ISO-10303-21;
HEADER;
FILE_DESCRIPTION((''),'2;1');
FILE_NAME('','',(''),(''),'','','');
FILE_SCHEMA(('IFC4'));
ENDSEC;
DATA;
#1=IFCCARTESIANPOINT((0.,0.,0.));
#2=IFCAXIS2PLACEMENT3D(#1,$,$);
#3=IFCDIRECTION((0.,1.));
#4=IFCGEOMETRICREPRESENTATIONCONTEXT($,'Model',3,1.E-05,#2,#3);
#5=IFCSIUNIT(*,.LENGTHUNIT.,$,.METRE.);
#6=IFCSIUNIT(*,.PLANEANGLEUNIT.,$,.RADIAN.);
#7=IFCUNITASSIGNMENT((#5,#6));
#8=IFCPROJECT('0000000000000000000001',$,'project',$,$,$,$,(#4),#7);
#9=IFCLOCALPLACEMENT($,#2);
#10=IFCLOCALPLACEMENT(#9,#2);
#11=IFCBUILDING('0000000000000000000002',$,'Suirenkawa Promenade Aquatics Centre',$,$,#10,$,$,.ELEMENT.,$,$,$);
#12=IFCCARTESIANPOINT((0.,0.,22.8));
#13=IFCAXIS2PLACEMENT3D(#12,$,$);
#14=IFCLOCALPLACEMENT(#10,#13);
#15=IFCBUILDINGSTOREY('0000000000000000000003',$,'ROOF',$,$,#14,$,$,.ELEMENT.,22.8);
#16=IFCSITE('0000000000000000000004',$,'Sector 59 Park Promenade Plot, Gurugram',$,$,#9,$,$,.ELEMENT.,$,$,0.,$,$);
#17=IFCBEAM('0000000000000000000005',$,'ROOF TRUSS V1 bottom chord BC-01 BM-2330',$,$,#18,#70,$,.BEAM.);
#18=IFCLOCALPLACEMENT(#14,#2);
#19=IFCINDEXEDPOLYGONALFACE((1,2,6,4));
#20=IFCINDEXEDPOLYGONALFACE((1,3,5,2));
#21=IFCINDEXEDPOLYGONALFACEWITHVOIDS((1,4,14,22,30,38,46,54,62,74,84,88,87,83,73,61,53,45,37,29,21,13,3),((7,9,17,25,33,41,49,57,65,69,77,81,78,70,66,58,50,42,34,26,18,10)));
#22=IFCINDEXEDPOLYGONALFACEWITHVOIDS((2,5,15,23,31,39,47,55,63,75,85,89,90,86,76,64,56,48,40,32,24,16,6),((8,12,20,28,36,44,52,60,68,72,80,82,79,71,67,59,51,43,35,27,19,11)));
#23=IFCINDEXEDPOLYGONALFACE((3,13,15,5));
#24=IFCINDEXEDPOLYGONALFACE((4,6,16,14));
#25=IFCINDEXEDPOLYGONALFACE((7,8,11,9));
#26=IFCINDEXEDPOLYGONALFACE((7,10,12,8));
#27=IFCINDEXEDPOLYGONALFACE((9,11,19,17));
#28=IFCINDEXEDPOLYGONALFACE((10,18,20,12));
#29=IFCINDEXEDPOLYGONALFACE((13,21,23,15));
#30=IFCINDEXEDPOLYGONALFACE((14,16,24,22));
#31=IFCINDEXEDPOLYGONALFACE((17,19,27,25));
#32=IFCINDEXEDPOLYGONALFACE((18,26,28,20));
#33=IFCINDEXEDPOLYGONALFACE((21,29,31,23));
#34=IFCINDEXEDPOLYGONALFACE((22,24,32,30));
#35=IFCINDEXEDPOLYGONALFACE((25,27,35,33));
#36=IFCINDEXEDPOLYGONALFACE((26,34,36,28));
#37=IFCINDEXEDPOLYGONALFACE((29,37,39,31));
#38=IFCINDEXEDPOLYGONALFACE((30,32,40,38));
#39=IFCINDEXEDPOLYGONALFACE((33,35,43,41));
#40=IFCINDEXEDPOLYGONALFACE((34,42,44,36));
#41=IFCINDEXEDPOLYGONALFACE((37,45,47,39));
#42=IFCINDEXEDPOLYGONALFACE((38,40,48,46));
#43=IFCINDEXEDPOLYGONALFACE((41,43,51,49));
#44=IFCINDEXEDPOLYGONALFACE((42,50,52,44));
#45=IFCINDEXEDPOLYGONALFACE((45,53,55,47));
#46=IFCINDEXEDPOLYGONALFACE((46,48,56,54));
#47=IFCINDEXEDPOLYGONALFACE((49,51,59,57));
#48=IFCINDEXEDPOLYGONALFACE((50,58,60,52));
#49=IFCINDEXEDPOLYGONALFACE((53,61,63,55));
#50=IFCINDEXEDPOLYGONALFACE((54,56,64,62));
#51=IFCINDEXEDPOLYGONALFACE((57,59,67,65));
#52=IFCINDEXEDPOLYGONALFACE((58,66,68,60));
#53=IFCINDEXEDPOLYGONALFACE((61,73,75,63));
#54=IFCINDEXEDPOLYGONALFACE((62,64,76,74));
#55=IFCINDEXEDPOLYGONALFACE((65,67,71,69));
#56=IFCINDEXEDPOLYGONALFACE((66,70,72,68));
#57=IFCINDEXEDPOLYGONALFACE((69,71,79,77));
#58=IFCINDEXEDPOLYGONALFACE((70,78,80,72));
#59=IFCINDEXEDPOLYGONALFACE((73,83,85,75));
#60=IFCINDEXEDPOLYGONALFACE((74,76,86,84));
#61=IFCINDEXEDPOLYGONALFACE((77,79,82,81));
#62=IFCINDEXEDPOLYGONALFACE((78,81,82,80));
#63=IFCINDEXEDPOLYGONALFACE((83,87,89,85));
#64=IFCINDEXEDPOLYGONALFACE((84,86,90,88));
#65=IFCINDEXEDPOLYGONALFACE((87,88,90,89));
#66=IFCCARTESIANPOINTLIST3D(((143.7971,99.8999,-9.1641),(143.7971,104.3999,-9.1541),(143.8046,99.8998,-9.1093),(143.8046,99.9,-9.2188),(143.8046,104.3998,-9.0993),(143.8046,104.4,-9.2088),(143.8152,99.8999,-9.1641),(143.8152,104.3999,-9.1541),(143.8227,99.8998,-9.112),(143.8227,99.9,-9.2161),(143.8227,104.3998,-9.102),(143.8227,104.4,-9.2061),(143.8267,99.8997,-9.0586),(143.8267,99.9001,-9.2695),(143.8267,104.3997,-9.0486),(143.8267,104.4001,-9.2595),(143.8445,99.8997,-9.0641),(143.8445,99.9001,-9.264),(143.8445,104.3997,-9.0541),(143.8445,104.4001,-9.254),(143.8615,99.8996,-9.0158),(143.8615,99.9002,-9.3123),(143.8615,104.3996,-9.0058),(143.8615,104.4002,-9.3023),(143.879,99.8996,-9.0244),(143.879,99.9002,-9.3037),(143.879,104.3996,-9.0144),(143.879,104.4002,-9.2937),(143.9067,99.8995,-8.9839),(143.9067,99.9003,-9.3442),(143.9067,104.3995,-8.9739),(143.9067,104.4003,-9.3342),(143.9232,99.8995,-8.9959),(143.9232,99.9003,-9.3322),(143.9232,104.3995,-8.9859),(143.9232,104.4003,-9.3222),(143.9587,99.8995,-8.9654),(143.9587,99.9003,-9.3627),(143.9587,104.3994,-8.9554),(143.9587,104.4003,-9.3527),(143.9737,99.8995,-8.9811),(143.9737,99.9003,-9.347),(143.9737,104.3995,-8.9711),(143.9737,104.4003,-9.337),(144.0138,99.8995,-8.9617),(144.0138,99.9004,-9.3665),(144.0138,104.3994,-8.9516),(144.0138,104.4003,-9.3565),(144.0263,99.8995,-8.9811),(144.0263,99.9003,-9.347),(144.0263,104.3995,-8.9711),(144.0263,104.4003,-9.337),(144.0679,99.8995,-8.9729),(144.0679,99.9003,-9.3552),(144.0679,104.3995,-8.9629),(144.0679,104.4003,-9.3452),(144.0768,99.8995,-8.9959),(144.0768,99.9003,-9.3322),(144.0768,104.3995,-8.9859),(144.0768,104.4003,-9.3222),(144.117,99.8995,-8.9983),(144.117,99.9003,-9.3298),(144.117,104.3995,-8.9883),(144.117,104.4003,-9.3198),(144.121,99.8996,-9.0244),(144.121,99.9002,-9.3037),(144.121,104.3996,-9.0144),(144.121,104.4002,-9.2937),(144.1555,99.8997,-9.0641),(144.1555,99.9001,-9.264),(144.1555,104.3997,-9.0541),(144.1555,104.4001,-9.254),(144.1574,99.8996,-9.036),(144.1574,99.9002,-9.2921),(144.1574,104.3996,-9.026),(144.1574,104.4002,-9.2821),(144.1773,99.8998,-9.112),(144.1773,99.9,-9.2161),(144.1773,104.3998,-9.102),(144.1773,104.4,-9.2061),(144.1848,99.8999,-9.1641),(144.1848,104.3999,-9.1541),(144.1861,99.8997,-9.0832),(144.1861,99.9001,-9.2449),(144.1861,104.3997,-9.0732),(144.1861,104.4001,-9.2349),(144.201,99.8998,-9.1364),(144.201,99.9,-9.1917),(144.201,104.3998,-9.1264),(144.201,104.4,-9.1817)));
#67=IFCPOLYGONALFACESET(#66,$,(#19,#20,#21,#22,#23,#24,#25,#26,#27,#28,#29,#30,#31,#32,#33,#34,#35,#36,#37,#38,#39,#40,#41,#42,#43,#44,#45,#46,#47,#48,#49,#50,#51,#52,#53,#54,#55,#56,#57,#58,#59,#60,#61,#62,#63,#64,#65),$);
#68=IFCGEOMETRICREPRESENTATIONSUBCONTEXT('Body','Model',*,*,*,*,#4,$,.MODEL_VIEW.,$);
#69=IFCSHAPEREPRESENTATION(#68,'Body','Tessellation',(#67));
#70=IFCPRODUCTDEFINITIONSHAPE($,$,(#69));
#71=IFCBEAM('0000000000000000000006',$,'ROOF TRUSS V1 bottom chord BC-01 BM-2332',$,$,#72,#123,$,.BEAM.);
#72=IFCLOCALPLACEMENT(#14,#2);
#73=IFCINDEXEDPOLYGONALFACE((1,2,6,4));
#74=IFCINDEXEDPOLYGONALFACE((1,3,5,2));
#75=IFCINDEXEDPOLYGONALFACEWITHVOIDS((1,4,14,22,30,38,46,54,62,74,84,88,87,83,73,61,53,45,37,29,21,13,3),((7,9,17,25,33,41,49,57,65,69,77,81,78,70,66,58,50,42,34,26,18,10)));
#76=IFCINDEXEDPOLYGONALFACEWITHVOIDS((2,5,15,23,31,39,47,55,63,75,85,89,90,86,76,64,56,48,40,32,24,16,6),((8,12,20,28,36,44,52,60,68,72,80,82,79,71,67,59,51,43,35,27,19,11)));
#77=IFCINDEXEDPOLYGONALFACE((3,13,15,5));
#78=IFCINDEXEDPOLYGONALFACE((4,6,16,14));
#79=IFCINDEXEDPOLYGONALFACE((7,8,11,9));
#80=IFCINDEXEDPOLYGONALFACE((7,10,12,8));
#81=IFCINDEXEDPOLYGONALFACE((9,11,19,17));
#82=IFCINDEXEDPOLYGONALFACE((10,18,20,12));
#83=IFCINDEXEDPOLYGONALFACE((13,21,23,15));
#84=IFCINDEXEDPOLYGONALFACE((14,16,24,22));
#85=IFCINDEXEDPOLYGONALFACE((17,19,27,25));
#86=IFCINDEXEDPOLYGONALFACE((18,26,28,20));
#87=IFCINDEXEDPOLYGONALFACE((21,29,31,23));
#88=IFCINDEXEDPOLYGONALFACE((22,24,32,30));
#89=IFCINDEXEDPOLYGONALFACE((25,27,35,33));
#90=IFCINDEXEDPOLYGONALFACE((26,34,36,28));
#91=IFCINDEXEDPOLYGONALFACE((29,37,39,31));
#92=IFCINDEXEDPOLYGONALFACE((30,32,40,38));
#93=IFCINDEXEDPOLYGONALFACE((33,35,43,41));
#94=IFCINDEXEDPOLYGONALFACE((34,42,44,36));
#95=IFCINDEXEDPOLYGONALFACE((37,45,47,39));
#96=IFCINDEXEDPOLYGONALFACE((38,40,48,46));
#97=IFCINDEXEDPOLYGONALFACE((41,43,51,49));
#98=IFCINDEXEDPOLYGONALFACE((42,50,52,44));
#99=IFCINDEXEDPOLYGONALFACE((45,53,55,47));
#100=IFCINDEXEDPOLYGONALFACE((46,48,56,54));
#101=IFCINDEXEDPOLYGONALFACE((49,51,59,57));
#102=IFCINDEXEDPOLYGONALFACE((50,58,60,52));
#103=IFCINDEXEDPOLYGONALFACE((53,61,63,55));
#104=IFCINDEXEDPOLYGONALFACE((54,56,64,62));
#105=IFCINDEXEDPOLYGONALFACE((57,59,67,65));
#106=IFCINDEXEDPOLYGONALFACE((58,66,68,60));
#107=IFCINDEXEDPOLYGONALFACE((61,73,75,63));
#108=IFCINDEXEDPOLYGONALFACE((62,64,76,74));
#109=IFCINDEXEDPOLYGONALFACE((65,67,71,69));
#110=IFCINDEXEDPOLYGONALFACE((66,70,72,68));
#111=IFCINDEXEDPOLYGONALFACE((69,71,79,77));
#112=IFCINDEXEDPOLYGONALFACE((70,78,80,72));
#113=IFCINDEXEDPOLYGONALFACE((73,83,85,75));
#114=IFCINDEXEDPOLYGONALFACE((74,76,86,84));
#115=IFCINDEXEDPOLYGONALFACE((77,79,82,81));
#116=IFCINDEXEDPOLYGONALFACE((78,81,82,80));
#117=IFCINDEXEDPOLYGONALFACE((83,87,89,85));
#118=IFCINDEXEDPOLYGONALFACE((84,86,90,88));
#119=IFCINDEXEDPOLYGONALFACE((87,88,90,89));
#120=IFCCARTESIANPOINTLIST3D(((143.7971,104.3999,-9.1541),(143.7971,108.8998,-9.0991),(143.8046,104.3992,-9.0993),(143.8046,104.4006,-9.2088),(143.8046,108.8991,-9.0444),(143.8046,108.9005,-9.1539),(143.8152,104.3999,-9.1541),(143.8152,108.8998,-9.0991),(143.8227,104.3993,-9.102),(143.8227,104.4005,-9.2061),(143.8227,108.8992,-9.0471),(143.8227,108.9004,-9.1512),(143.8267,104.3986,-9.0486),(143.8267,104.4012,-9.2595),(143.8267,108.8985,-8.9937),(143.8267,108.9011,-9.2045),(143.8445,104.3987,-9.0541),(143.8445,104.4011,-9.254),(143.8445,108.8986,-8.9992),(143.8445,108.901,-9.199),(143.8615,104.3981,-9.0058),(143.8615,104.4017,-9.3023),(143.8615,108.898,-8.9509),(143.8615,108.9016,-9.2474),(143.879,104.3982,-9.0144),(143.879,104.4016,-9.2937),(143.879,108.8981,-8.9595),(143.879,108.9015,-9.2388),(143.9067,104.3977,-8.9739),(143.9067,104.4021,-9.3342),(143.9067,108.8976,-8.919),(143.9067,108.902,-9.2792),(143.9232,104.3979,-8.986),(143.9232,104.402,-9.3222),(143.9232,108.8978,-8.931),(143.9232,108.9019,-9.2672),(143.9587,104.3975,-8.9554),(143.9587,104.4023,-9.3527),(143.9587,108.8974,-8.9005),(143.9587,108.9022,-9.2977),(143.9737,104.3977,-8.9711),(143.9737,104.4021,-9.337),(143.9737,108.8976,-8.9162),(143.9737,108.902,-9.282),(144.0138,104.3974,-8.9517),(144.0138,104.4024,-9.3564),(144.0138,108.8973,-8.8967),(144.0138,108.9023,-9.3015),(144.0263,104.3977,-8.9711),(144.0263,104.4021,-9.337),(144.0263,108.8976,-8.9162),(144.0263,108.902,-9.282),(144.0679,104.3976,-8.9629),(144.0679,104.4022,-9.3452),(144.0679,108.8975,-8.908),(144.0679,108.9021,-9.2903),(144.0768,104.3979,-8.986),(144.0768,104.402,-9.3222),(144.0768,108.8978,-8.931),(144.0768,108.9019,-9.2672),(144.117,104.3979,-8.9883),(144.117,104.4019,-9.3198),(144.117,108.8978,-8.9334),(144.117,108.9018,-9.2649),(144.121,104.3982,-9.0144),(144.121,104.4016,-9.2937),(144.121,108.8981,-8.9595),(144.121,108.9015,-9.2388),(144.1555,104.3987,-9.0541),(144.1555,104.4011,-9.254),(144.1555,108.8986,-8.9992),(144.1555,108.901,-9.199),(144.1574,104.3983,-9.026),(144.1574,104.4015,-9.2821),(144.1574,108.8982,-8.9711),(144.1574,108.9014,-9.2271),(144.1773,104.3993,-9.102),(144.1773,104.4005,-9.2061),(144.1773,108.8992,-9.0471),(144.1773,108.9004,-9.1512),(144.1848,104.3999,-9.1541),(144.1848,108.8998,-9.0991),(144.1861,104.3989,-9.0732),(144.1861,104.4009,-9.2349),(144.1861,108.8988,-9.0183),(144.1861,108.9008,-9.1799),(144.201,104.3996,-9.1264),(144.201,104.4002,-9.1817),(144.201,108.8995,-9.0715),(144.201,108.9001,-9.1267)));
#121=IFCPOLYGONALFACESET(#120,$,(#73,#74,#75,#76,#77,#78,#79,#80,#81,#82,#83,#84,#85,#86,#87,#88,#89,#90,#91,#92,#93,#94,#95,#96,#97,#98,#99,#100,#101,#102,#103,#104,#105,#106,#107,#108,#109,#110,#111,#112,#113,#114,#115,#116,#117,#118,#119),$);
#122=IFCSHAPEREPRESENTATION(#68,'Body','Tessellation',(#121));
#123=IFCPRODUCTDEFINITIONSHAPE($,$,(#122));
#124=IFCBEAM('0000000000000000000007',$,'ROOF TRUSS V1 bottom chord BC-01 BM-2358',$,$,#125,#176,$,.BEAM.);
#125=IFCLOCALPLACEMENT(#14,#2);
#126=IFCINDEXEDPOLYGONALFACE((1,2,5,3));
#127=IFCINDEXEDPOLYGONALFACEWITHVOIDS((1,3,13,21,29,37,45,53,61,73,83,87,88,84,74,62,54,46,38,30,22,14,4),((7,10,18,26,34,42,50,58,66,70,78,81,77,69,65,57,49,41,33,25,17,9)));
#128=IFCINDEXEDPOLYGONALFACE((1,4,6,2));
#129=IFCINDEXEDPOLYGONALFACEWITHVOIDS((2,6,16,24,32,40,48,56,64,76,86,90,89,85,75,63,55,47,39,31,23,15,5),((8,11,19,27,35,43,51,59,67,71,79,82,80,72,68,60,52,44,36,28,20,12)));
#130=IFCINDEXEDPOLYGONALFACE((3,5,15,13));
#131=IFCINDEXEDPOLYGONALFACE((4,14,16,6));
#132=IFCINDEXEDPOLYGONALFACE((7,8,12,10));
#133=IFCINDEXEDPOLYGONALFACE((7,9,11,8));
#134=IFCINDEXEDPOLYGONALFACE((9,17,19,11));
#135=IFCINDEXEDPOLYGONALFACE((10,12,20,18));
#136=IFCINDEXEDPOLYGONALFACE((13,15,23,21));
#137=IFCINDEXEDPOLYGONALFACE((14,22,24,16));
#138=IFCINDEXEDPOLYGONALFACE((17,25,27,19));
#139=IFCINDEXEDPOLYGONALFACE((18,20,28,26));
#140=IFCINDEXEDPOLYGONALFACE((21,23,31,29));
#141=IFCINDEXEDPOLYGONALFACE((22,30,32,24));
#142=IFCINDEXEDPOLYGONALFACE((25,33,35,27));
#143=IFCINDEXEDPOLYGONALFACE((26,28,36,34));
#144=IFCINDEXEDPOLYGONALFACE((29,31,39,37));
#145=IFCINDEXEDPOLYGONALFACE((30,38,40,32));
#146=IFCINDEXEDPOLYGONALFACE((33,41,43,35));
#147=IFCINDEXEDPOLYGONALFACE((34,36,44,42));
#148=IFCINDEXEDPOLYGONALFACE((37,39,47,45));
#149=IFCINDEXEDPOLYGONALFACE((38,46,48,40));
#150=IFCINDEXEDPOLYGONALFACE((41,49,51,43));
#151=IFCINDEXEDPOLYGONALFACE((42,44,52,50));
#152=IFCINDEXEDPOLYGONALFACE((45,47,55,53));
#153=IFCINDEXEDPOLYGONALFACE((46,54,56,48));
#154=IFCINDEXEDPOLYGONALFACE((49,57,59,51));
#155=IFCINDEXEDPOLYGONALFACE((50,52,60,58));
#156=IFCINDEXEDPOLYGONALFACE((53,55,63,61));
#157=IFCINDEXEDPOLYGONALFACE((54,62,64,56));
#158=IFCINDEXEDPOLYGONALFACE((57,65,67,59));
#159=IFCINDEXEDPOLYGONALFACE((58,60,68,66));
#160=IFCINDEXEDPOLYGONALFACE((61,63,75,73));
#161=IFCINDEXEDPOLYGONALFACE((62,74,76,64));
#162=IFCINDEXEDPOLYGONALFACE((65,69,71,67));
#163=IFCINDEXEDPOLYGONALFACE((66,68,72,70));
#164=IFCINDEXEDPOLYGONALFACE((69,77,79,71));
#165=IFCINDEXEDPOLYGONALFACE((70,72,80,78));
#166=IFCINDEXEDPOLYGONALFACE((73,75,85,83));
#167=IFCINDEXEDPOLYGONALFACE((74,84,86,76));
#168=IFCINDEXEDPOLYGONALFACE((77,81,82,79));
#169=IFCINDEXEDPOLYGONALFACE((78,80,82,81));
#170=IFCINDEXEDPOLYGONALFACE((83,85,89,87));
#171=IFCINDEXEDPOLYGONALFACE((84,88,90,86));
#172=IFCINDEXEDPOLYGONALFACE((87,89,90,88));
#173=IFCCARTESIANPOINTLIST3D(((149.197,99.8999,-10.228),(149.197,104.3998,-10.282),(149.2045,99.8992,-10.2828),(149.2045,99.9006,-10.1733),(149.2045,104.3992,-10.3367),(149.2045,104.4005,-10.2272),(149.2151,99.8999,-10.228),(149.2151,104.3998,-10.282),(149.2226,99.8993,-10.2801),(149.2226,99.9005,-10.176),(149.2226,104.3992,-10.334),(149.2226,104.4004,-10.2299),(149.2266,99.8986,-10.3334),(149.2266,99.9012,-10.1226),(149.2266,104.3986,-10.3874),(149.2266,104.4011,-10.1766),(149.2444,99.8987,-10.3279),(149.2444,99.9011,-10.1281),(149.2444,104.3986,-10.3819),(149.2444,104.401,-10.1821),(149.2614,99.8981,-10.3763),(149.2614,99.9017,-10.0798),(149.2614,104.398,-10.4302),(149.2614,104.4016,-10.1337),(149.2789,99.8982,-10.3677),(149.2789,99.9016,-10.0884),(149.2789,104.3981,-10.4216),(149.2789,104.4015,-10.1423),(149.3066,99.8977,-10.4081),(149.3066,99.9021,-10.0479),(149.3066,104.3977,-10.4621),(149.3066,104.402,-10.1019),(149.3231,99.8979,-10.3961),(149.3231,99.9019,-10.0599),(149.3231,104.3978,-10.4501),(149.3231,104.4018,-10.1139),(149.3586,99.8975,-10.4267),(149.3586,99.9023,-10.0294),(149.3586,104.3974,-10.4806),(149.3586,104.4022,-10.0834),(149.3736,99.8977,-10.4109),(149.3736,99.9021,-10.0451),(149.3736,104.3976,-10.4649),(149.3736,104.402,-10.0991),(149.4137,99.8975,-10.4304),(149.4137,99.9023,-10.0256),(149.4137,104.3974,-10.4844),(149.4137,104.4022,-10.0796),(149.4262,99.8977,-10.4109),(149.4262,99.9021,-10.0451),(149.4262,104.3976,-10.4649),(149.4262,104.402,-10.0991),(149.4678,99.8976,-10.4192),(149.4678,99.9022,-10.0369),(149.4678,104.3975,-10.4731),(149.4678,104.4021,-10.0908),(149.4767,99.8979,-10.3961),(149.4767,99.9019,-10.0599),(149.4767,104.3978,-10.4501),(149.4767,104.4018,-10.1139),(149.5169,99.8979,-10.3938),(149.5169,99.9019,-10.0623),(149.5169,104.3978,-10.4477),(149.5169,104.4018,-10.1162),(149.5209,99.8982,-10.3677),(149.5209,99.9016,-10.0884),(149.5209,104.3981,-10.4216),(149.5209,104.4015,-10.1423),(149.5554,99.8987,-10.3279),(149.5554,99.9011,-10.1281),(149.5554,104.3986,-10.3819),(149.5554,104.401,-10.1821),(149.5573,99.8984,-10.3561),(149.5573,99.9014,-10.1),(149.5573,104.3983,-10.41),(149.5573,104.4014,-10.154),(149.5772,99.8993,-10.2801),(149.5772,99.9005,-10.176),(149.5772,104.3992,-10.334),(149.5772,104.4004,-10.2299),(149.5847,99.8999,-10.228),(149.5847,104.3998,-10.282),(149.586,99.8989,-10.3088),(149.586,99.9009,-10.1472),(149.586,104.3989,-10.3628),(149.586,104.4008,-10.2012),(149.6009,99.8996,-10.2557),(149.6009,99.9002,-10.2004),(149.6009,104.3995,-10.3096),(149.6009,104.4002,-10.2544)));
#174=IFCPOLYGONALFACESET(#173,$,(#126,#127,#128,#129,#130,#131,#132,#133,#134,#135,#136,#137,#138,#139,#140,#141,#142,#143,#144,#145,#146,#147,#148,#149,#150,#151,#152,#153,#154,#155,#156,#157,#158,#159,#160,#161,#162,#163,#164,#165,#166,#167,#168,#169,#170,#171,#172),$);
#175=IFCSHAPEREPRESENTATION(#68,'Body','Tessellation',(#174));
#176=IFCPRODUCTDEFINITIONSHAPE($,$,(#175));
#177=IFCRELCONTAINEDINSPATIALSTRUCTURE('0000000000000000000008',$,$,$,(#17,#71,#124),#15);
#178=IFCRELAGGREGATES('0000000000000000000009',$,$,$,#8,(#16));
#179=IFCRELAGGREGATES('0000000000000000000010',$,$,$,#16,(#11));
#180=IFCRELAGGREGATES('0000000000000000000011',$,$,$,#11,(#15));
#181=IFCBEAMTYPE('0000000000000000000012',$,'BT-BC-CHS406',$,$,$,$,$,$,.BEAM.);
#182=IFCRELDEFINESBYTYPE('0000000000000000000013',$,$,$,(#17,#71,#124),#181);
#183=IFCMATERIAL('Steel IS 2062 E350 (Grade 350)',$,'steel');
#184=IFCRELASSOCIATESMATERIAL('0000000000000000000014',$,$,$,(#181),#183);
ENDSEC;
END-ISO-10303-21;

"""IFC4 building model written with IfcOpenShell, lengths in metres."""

from ifc_helpers import new_model, si_unit, direction, frame, origin, origin_2d, place, context, subcontext, project, spatial, hollow_circle, extrude, material, material_profile, profile_set, type_object, element, save


model = new_model("IFC4")

# Units and contexts
model_context = context("Model", 3, precision=1e-05, world=origin(), true_north=direction((0.0, 1.0)))
body_context = subcontext(model_context, "Body", "Model", "MODEL_VIEW")
ifc_project = project(units=[si_unit("LENGTHUNIT", "METRE"), si_unit("PLANEANGLEUNIT", "RADIAN")], contexts=[model_context])

# Site, building, storey
site_placement = place(None, origin())
site = spatial("IfcSite", under=ifc_project, at=site_placement, Name="Sector 59 Park Promenade Plot, Gurugram", CompositionType="ELEMENT", RefElevation=0.0)
building_placement = place(site_placement, origin())
building = spatial("IfcBuilding", under=site, at=building_placement, Name="Suirenkawa Promenade Aquatics Centre", CompositionType="ELEMENT")
storey_placement = place(building_placement, frame((0.0, 0.0, 22.8)))
storey = spatial("IfcBuildingStorey", under=building, at=storey_placement, Name="ROOF", CompositionType="ELEMENT", Elevation=22.8)

# Beams
ifc_material_1 = material(Name="Steel IS 2062 E350 (Grade 350)", Category="steel")
ifc_material_profile_1 = material_profile(ifc_material_1, hollow_circle(Radius=0.2029, WallThickness=0.0181, at=origin_2d()), Name="CHS 406x18", Category="steel")
ifc_profile_set_1 = profile_set([ifc_material_profile_1], Name="Steel IS 2062 E350 (Grade 350)")
beam_type_1 = type_object("IfcBeamType", Name="BT-BC-CHS406", PredefinedType="BEAM", material=ifc_profile_set_1)
beam_placement = place(storey_placement, frame((144.0, 99.8999, -9.1641), z_axis=(0.0, 0.999998, 0.002224), x_axis=(-1.0, 0.0, 0.0)))
element("IfcBeam", 1, at=beam_placement, inside=storey, type_object=beam_type_1, Name="ROOF TRUSS V1 bottom chord BC-01 BM-2330", PredefinedType="BEAM", context=body_context, shape_type="SweptSolid", body=[
    extrude(hollow_circle(Radius=0.2029, WallThickness=0.0181, at=origin_2d()), origin(), (0.0, 0.0, 1.0), 4.5),
])
for number, where, z_axis, x_axis, name in (
    (2, (144.0, 104.3999, -9.1541), (0.0, 0.999926, 0.012206), (-1.0, 0.0, 0.0), "ROOF TRUSS V1 bottom chord BC-01 BM-2332"),
    (3, (149.3999, 99.8999, -10.228), (0.0, 0.999928, -0.011989), (-1.0, 0.0, 0.0), "ROOF TRUSS V1 bottom chord BC-01 BM-2358"),
):
    element("IfcBeam", number, at=place(storey_placement, frame(where, z_axis=z_axis, x_axis=x_axis)), inside=storey, type_object=beam_type_1, Name=name, PredefinedType="BEAM", context=body_context, shape_type="SweptSolid", body=[
        extrude(hollow_circle(Radius=0.2029, WallThickness=0.0181, at=origin_2d()), origin(), (0.0, 0.0, 1.0), 4.5002),
    ])

save(model, "model.ifc")
